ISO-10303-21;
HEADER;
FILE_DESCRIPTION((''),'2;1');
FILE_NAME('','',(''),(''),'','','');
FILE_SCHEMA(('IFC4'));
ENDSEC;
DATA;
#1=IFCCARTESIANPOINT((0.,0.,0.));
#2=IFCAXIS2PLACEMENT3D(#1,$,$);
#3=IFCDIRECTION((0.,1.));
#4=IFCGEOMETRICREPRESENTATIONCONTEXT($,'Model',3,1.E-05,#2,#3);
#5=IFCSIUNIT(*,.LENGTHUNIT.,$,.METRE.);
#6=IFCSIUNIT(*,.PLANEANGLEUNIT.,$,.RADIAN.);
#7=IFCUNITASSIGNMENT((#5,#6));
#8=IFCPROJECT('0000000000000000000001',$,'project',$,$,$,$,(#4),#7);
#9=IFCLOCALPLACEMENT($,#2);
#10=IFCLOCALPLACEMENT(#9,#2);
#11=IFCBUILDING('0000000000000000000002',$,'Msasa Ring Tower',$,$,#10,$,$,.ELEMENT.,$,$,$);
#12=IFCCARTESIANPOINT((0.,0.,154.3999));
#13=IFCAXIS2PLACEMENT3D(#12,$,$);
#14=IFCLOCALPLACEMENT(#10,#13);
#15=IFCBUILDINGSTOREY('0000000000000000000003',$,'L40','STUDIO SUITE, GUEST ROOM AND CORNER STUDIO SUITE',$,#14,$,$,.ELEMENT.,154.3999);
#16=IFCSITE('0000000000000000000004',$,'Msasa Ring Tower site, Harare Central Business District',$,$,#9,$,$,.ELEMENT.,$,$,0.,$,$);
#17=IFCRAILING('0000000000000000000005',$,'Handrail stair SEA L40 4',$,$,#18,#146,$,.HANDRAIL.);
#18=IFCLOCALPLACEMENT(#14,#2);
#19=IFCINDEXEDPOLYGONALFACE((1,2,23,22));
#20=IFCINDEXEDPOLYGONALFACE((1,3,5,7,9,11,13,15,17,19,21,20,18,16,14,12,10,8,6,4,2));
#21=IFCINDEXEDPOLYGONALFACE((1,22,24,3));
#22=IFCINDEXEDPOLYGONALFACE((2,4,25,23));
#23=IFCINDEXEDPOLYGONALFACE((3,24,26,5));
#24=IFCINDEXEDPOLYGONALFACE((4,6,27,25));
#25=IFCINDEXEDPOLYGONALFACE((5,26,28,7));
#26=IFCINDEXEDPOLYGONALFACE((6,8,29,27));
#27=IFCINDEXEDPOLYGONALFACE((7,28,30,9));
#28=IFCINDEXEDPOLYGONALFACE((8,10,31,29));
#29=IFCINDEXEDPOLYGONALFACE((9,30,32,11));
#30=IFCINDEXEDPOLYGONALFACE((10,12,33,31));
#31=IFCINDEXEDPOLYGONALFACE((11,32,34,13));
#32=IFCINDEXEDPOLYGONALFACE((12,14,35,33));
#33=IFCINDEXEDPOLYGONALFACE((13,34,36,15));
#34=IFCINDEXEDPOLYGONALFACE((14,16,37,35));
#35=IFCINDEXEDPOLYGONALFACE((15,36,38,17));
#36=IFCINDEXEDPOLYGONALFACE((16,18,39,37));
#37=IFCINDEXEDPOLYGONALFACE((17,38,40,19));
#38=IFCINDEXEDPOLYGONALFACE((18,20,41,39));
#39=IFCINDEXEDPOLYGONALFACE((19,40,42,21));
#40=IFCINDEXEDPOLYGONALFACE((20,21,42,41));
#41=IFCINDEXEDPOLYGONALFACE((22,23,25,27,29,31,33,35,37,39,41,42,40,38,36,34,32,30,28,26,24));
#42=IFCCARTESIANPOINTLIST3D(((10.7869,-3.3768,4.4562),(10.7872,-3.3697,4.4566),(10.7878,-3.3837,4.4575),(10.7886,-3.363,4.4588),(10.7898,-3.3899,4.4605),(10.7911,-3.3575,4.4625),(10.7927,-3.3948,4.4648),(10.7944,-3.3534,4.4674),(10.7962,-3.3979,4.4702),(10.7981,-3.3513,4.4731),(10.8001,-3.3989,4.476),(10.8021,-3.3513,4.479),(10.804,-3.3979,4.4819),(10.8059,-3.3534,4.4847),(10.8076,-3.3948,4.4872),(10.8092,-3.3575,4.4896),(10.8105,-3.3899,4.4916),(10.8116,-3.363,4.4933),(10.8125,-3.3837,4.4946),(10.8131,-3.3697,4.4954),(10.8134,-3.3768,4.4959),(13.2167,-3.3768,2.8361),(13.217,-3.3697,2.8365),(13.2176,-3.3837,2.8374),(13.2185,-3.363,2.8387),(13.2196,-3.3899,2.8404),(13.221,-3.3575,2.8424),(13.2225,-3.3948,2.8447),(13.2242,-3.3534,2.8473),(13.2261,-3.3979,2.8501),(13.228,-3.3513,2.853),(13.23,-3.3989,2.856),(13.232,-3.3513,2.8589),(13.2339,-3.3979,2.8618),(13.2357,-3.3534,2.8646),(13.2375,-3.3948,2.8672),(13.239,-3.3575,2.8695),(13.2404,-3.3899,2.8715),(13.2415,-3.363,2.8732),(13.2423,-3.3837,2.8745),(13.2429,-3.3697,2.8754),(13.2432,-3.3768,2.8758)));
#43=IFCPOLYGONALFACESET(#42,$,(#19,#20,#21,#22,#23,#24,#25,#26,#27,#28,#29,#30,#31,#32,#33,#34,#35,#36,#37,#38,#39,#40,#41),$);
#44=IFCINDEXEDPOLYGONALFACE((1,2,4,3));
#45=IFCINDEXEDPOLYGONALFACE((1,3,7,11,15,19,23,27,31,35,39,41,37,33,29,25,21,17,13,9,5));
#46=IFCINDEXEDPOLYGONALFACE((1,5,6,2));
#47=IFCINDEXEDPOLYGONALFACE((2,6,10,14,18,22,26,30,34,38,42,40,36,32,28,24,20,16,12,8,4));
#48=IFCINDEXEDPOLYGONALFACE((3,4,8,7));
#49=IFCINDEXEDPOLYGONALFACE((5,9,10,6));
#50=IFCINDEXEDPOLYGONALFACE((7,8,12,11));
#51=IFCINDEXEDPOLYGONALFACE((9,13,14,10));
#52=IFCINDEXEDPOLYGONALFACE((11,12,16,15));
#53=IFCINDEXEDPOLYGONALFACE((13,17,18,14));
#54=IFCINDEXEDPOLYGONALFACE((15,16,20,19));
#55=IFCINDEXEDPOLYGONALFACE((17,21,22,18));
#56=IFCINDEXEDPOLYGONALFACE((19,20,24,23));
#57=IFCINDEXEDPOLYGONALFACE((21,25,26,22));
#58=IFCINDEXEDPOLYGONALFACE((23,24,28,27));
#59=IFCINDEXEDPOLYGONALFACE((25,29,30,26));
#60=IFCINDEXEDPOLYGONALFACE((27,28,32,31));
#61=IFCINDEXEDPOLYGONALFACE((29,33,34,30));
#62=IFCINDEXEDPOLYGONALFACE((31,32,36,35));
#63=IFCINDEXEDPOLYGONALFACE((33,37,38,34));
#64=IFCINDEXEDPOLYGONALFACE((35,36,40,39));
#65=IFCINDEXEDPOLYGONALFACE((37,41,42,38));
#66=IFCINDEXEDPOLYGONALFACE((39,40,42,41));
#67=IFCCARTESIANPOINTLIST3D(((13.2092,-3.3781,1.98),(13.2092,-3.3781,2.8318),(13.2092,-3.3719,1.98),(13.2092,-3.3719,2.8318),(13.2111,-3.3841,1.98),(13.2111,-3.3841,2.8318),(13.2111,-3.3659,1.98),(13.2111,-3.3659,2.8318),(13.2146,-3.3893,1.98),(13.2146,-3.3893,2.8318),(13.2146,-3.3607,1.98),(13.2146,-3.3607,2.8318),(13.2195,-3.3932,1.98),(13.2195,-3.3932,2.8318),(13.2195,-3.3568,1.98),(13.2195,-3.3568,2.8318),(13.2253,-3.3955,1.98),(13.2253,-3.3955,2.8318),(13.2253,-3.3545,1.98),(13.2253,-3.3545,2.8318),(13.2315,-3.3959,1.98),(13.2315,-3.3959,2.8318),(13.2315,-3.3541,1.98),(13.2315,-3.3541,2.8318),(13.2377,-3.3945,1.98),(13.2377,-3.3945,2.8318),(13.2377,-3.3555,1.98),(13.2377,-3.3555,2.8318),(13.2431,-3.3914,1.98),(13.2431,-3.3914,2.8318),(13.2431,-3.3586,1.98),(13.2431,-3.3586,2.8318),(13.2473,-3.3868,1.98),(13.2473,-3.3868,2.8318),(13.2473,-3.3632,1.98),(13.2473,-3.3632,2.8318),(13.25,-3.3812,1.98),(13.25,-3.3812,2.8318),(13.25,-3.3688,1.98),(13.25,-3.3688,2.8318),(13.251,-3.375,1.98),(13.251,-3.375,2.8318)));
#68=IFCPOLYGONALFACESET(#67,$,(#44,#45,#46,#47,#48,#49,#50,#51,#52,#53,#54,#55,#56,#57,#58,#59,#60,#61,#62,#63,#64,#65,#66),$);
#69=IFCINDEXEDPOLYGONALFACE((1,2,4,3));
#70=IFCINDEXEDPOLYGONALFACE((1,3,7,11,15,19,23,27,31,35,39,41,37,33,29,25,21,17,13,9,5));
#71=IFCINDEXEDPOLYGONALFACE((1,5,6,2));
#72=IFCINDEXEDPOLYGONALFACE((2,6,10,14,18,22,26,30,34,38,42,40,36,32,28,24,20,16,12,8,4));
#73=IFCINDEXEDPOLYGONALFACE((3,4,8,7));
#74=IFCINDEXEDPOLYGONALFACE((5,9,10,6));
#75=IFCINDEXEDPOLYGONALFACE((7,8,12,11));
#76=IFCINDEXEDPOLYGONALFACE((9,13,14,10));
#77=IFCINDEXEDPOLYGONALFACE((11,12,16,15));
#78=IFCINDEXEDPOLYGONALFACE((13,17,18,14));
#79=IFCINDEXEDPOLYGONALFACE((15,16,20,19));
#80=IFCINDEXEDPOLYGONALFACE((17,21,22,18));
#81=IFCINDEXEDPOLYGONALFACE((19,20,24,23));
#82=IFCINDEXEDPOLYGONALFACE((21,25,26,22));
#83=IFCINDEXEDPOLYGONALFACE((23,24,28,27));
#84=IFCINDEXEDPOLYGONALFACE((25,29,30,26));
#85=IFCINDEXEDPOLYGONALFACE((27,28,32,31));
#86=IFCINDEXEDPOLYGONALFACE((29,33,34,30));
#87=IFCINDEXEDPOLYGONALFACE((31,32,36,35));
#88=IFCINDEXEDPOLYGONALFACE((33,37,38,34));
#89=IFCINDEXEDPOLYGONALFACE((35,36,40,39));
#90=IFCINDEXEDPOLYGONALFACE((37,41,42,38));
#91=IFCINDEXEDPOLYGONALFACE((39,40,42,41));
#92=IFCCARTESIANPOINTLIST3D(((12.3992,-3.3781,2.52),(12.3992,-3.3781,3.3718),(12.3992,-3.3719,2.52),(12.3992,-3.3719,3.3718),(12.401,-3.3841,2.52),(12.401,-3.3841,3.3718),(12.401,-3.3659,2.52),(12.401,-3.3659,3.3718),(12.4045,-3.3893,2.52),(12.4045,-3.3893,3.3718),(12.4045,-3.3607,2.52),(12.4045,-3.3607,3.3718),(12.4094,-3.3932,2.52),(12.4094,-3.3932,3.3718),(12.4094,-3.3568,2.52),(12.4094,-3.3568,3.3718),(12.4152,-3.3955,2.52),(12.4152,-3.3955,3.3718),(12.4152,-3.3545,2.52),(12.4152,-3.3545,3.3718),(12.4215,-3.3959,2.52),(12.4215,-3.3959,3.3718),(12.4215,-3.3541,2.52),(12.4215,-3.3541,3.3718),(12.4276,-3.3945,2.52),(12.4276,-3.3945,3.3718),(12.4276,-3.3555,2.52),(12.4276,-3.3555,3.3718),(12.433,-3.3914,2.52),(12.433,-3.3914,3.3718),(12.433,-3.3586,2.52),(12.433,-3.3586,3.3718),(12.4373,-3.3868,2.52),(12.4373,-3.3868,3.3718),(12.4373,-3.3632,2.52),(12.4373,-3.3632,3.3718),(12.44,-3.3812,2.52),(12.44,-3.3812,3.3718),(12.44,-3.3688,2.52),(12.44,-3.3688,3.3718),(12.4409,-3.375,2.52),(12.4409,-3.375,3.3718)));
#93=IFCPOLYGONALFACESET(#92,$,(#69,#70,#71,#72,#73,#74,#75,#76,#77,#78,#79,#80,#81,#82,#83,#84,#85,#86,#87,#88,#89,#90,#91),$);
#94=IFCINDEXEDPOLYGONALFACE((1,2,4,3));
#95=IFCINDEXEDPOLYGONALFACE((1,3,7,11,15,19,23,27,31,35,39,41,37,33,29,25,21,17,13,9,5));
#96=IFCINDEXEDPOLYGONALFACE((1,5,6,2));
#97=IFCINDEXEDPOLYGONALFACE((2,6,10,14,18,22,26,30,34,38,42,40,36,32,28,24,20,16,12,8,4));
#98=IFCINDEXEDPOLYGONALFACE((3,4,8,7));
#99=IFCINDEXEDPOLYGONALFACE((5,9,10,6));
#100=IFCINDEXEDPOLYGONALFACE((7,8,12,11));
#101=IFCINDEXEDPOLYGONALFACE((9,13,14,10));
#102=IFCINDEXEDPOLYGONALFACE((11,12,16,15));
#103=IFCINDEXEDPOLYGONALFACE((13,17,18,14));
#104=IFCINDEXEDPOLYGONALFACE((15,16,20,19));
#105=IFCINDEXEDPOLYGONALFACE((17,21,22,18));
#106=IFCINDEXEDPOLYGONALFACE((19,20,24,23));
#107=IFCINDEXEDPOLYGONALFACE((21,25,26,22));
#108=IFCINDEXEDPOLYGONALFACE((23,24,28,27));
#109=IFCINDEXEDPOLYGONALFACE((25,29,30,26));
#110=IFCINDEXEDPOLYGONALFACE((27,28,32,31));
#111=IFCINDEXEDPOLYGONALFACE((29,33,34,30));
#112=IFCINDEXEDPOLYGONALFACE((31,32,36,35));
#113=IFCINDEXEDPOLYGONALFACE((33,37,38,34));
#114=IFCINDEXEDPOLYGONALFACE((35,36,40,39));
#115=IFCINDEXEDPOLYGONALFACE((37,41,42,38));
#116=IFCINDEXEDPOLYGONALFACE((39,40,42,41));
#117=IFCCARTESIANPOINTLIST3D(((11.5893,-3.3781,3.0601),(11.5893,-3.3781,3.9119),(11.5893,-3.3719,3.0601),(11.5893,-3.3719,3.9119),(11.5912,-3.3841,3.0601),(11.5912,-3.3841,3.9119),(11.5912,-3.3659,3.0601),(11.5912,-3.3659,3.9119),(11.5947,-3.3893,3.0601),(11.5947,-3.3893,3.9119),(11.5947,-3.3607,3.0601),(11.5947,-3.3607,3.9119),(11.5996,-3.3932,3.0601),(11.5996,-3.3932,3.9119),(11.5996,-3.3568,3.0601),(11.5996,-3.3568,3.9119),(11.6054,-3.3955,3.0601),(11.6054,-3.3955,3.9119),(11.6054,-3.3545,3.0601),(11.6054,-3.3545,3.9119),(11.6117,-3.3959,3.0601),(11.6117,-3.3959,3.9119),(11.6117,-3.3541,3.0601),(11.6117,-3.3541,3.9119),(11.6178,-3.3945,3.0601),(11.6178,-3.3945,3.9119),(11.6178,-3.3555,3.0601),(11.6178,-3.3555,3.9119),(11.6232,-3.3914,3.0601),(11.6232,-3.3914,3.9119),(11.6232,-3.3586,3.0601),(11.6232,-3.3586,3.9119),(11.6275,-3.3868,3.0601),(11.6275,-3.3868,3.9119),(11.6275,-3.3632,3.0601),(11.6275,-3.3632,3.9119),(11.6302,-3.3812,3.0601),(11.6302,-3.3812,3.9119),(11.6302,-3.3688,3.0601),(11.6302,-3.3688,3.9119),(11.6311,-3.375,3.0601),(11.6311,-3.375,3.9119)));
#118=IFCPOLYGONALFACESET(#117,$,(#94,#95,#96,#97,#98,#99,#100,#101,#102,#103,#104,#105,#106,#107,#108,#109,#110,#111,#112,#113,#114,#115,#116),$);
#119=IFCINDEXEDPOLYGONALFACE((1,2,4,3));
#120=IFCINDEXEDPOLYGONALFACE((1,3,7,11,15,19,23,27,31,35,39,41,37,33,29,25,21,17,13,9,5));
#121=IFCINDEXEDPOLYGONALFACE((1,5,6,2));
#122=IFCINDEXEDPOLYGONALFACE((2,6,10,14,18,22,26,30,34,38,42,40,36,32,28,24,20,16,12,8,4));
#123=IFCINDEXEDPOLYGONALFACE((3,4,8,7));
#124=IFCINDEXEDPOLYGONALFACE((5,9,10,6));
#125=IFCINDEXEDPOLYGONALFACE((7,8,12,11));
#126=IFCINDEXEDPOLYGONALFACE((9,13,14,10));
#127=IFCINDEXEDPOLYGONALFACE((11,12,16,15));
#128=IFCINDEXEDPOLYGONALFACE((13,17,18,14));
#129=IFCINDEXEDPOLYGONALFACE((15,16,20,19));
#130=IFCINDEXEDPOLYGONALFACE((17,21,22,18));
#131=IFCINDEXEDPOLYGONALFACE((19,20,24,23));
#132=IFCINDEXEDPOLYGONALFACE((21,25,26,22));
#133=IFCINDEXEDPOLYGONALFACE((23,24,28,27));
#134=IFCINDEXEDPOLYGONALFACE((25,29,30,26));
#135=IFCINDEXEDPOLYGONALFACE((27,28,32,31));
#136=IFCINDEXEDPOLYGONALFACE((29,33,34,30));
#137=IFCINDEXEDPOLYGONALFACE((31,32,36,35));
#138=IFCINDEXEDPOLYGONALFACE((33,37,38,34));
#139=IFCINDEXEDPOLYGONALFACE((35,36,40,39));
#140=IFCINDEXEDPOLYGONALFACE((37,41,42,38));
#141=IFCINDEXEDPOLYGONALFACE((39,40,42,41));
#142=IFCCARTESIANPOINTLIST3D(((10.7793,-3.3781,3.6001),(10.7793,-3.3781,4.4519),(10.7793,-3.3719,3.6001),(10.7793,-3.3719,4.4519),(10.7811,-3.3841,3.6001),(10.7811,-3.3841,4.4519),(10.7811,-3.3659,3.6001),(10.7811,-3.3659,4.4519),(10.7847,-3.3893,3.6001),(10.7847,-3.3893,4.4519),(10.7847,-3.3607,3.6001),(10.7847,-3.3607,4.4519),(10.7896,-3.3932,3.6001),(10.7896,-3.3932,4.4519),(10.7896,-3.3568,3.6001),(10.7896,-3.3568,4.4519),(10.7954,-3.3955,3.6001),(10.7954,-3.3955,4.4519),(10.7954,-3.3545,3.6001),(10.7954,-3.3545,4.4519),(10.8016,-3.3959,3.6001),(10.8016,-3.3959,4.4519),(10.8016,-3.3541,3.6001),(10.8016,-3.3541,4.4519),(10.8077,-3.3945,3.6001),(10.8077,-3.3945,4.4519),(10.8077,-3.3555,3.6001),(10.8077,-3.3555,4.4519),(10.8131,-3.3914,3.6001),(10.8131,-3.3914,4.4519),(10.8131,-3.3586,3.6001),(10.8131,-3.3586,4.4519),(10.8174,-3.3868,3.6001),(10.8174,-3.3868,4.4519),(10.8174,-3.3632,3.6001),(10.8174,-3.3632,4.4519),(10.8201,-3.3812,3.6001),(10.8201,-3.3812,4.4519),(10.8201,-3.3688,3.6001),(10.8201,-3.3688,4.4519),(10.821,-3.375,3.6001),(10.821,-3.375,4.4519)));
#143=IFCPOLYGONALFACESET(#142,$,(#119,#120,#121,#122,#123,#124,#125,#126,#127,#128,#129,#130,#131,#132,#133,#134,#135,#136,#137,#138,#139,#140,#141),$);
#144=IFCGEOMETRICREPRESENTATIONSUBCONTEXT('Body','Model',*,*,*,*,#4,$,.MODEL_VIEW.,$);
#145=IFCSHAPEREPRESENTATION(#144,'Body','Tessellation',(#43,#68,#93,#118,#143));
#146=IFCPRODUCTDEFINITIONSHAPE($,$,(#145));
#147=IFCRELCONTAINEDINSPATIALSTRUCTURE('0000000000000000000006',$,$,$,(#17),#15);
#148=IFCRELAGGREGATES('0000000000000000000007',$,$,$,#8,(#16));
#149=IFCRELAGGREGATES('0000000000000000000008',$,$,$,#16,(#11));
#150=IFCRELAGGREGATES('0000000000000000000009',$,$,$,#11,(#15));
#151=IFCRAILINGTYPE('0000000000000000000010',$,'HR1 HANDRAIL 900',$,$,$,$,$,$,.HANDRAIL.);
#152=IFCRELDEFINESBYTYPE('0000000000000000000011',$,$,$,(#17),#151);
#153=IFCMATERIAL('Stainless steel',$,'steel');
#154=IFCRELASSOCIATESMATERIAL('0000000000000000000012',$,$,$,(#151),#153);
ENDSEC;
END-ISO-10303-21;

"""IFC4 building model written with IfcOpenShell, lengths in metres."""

from ifc_helpers import new_model, si_unit, direction, frame, origin, origin_2d, place, context, subcontext, project, spatial, circle, extrude, material, type_object, element, save


model = new_model("IFC4")

# Units and contexts
model_context = context("Model", 3, precision=1e-05, world=origin(), true_north=direction((0.0, 1.0)))
body_context = subcontext(model_context, "Body", "Model", "MODEL_VIEW")
ifc_project = project(units=[si_unit("LENGTHUNIT", "METRE"), si_unit("PLANEANGLEUNIT", "RADIAN")], contexts=[model_context])

# Site, building, storey
site_placement = place(None, origin())
site = spatial("IfcSite", under=ifc_project, at=site_placement, Name="Msasa Ring Tower site, Harare Central Business District", CompositionType="ELEMENT", RefElevation=0.0)
building_placement = place(site_placement, origin())
building = spatial("IfcBuilding", under=site, at=building_placement, Name="Msasa Ring Tower", CompositionType="ELEMENT")
storey_placement = place(building_placement, frame((0.0, 0.0, 154.3999)))
storey = spatial("IfcBuildingStorey", under=building, at=storey_placement, Name="L40", Description="STUDIO SUITE, GUEST ROOM AND CORNER STUDIO SUITE", CompositionType="ELEMENT", Elevation=154.3999)

# Railing
ifc_material_1 = material(Name="Stainless steel", Category="steel")
railing_type = type_object("IfcRailingType", Name="HR1 HANDRAIL 900", PredefinedType="HANDRAIL", material=ifc_material_1)
for number, where, name in (
    (1, (13.23, -3.375, 1.98), "Handrail stair SEA L40 4"),
):
    element("IfcRailing", number, at=place(storey_placement, frame(where)), inside=storey, type_object=railing_type, Name=name, PredefinedType="HANDRAIL", context=body_context, shape_type="SweptSolid", body=[
        extrude(circle(Radius=0.0239, at=origin_2d()), frame((0.0, 0.0, 0.876), z_axis=(-0.832025, 0.0, 0.554739), x_axis=(0.0, -1.0, 0.0)), (0.0, 0.0, 1.0), 2.9204),
        extrude(circle(Radius=0.021, at=origin_2d()), origin(), (0.0, 0.0, 1.0), 0.8518),
        extrude(circle(Radius=0.021, at=origin_2d()), frame((-0.8101, 0.0, 0.54)), (0.0, 0.0, 1.0), 0.8518),
        extrude(circle(Radius=0.021, at=origin_2d()), frame((-1.6199, 0.0, 1.0801)), (0.0, 0.0, 1.0), 0.8518),
        extrude(circle(Radius=0.021, at=origin_2d()), frame((-2.4299, 0.0, 1.6201)), (0.0, 0.0, 1.0), 0.8518),
    ])

save(model, "model.ifc")
